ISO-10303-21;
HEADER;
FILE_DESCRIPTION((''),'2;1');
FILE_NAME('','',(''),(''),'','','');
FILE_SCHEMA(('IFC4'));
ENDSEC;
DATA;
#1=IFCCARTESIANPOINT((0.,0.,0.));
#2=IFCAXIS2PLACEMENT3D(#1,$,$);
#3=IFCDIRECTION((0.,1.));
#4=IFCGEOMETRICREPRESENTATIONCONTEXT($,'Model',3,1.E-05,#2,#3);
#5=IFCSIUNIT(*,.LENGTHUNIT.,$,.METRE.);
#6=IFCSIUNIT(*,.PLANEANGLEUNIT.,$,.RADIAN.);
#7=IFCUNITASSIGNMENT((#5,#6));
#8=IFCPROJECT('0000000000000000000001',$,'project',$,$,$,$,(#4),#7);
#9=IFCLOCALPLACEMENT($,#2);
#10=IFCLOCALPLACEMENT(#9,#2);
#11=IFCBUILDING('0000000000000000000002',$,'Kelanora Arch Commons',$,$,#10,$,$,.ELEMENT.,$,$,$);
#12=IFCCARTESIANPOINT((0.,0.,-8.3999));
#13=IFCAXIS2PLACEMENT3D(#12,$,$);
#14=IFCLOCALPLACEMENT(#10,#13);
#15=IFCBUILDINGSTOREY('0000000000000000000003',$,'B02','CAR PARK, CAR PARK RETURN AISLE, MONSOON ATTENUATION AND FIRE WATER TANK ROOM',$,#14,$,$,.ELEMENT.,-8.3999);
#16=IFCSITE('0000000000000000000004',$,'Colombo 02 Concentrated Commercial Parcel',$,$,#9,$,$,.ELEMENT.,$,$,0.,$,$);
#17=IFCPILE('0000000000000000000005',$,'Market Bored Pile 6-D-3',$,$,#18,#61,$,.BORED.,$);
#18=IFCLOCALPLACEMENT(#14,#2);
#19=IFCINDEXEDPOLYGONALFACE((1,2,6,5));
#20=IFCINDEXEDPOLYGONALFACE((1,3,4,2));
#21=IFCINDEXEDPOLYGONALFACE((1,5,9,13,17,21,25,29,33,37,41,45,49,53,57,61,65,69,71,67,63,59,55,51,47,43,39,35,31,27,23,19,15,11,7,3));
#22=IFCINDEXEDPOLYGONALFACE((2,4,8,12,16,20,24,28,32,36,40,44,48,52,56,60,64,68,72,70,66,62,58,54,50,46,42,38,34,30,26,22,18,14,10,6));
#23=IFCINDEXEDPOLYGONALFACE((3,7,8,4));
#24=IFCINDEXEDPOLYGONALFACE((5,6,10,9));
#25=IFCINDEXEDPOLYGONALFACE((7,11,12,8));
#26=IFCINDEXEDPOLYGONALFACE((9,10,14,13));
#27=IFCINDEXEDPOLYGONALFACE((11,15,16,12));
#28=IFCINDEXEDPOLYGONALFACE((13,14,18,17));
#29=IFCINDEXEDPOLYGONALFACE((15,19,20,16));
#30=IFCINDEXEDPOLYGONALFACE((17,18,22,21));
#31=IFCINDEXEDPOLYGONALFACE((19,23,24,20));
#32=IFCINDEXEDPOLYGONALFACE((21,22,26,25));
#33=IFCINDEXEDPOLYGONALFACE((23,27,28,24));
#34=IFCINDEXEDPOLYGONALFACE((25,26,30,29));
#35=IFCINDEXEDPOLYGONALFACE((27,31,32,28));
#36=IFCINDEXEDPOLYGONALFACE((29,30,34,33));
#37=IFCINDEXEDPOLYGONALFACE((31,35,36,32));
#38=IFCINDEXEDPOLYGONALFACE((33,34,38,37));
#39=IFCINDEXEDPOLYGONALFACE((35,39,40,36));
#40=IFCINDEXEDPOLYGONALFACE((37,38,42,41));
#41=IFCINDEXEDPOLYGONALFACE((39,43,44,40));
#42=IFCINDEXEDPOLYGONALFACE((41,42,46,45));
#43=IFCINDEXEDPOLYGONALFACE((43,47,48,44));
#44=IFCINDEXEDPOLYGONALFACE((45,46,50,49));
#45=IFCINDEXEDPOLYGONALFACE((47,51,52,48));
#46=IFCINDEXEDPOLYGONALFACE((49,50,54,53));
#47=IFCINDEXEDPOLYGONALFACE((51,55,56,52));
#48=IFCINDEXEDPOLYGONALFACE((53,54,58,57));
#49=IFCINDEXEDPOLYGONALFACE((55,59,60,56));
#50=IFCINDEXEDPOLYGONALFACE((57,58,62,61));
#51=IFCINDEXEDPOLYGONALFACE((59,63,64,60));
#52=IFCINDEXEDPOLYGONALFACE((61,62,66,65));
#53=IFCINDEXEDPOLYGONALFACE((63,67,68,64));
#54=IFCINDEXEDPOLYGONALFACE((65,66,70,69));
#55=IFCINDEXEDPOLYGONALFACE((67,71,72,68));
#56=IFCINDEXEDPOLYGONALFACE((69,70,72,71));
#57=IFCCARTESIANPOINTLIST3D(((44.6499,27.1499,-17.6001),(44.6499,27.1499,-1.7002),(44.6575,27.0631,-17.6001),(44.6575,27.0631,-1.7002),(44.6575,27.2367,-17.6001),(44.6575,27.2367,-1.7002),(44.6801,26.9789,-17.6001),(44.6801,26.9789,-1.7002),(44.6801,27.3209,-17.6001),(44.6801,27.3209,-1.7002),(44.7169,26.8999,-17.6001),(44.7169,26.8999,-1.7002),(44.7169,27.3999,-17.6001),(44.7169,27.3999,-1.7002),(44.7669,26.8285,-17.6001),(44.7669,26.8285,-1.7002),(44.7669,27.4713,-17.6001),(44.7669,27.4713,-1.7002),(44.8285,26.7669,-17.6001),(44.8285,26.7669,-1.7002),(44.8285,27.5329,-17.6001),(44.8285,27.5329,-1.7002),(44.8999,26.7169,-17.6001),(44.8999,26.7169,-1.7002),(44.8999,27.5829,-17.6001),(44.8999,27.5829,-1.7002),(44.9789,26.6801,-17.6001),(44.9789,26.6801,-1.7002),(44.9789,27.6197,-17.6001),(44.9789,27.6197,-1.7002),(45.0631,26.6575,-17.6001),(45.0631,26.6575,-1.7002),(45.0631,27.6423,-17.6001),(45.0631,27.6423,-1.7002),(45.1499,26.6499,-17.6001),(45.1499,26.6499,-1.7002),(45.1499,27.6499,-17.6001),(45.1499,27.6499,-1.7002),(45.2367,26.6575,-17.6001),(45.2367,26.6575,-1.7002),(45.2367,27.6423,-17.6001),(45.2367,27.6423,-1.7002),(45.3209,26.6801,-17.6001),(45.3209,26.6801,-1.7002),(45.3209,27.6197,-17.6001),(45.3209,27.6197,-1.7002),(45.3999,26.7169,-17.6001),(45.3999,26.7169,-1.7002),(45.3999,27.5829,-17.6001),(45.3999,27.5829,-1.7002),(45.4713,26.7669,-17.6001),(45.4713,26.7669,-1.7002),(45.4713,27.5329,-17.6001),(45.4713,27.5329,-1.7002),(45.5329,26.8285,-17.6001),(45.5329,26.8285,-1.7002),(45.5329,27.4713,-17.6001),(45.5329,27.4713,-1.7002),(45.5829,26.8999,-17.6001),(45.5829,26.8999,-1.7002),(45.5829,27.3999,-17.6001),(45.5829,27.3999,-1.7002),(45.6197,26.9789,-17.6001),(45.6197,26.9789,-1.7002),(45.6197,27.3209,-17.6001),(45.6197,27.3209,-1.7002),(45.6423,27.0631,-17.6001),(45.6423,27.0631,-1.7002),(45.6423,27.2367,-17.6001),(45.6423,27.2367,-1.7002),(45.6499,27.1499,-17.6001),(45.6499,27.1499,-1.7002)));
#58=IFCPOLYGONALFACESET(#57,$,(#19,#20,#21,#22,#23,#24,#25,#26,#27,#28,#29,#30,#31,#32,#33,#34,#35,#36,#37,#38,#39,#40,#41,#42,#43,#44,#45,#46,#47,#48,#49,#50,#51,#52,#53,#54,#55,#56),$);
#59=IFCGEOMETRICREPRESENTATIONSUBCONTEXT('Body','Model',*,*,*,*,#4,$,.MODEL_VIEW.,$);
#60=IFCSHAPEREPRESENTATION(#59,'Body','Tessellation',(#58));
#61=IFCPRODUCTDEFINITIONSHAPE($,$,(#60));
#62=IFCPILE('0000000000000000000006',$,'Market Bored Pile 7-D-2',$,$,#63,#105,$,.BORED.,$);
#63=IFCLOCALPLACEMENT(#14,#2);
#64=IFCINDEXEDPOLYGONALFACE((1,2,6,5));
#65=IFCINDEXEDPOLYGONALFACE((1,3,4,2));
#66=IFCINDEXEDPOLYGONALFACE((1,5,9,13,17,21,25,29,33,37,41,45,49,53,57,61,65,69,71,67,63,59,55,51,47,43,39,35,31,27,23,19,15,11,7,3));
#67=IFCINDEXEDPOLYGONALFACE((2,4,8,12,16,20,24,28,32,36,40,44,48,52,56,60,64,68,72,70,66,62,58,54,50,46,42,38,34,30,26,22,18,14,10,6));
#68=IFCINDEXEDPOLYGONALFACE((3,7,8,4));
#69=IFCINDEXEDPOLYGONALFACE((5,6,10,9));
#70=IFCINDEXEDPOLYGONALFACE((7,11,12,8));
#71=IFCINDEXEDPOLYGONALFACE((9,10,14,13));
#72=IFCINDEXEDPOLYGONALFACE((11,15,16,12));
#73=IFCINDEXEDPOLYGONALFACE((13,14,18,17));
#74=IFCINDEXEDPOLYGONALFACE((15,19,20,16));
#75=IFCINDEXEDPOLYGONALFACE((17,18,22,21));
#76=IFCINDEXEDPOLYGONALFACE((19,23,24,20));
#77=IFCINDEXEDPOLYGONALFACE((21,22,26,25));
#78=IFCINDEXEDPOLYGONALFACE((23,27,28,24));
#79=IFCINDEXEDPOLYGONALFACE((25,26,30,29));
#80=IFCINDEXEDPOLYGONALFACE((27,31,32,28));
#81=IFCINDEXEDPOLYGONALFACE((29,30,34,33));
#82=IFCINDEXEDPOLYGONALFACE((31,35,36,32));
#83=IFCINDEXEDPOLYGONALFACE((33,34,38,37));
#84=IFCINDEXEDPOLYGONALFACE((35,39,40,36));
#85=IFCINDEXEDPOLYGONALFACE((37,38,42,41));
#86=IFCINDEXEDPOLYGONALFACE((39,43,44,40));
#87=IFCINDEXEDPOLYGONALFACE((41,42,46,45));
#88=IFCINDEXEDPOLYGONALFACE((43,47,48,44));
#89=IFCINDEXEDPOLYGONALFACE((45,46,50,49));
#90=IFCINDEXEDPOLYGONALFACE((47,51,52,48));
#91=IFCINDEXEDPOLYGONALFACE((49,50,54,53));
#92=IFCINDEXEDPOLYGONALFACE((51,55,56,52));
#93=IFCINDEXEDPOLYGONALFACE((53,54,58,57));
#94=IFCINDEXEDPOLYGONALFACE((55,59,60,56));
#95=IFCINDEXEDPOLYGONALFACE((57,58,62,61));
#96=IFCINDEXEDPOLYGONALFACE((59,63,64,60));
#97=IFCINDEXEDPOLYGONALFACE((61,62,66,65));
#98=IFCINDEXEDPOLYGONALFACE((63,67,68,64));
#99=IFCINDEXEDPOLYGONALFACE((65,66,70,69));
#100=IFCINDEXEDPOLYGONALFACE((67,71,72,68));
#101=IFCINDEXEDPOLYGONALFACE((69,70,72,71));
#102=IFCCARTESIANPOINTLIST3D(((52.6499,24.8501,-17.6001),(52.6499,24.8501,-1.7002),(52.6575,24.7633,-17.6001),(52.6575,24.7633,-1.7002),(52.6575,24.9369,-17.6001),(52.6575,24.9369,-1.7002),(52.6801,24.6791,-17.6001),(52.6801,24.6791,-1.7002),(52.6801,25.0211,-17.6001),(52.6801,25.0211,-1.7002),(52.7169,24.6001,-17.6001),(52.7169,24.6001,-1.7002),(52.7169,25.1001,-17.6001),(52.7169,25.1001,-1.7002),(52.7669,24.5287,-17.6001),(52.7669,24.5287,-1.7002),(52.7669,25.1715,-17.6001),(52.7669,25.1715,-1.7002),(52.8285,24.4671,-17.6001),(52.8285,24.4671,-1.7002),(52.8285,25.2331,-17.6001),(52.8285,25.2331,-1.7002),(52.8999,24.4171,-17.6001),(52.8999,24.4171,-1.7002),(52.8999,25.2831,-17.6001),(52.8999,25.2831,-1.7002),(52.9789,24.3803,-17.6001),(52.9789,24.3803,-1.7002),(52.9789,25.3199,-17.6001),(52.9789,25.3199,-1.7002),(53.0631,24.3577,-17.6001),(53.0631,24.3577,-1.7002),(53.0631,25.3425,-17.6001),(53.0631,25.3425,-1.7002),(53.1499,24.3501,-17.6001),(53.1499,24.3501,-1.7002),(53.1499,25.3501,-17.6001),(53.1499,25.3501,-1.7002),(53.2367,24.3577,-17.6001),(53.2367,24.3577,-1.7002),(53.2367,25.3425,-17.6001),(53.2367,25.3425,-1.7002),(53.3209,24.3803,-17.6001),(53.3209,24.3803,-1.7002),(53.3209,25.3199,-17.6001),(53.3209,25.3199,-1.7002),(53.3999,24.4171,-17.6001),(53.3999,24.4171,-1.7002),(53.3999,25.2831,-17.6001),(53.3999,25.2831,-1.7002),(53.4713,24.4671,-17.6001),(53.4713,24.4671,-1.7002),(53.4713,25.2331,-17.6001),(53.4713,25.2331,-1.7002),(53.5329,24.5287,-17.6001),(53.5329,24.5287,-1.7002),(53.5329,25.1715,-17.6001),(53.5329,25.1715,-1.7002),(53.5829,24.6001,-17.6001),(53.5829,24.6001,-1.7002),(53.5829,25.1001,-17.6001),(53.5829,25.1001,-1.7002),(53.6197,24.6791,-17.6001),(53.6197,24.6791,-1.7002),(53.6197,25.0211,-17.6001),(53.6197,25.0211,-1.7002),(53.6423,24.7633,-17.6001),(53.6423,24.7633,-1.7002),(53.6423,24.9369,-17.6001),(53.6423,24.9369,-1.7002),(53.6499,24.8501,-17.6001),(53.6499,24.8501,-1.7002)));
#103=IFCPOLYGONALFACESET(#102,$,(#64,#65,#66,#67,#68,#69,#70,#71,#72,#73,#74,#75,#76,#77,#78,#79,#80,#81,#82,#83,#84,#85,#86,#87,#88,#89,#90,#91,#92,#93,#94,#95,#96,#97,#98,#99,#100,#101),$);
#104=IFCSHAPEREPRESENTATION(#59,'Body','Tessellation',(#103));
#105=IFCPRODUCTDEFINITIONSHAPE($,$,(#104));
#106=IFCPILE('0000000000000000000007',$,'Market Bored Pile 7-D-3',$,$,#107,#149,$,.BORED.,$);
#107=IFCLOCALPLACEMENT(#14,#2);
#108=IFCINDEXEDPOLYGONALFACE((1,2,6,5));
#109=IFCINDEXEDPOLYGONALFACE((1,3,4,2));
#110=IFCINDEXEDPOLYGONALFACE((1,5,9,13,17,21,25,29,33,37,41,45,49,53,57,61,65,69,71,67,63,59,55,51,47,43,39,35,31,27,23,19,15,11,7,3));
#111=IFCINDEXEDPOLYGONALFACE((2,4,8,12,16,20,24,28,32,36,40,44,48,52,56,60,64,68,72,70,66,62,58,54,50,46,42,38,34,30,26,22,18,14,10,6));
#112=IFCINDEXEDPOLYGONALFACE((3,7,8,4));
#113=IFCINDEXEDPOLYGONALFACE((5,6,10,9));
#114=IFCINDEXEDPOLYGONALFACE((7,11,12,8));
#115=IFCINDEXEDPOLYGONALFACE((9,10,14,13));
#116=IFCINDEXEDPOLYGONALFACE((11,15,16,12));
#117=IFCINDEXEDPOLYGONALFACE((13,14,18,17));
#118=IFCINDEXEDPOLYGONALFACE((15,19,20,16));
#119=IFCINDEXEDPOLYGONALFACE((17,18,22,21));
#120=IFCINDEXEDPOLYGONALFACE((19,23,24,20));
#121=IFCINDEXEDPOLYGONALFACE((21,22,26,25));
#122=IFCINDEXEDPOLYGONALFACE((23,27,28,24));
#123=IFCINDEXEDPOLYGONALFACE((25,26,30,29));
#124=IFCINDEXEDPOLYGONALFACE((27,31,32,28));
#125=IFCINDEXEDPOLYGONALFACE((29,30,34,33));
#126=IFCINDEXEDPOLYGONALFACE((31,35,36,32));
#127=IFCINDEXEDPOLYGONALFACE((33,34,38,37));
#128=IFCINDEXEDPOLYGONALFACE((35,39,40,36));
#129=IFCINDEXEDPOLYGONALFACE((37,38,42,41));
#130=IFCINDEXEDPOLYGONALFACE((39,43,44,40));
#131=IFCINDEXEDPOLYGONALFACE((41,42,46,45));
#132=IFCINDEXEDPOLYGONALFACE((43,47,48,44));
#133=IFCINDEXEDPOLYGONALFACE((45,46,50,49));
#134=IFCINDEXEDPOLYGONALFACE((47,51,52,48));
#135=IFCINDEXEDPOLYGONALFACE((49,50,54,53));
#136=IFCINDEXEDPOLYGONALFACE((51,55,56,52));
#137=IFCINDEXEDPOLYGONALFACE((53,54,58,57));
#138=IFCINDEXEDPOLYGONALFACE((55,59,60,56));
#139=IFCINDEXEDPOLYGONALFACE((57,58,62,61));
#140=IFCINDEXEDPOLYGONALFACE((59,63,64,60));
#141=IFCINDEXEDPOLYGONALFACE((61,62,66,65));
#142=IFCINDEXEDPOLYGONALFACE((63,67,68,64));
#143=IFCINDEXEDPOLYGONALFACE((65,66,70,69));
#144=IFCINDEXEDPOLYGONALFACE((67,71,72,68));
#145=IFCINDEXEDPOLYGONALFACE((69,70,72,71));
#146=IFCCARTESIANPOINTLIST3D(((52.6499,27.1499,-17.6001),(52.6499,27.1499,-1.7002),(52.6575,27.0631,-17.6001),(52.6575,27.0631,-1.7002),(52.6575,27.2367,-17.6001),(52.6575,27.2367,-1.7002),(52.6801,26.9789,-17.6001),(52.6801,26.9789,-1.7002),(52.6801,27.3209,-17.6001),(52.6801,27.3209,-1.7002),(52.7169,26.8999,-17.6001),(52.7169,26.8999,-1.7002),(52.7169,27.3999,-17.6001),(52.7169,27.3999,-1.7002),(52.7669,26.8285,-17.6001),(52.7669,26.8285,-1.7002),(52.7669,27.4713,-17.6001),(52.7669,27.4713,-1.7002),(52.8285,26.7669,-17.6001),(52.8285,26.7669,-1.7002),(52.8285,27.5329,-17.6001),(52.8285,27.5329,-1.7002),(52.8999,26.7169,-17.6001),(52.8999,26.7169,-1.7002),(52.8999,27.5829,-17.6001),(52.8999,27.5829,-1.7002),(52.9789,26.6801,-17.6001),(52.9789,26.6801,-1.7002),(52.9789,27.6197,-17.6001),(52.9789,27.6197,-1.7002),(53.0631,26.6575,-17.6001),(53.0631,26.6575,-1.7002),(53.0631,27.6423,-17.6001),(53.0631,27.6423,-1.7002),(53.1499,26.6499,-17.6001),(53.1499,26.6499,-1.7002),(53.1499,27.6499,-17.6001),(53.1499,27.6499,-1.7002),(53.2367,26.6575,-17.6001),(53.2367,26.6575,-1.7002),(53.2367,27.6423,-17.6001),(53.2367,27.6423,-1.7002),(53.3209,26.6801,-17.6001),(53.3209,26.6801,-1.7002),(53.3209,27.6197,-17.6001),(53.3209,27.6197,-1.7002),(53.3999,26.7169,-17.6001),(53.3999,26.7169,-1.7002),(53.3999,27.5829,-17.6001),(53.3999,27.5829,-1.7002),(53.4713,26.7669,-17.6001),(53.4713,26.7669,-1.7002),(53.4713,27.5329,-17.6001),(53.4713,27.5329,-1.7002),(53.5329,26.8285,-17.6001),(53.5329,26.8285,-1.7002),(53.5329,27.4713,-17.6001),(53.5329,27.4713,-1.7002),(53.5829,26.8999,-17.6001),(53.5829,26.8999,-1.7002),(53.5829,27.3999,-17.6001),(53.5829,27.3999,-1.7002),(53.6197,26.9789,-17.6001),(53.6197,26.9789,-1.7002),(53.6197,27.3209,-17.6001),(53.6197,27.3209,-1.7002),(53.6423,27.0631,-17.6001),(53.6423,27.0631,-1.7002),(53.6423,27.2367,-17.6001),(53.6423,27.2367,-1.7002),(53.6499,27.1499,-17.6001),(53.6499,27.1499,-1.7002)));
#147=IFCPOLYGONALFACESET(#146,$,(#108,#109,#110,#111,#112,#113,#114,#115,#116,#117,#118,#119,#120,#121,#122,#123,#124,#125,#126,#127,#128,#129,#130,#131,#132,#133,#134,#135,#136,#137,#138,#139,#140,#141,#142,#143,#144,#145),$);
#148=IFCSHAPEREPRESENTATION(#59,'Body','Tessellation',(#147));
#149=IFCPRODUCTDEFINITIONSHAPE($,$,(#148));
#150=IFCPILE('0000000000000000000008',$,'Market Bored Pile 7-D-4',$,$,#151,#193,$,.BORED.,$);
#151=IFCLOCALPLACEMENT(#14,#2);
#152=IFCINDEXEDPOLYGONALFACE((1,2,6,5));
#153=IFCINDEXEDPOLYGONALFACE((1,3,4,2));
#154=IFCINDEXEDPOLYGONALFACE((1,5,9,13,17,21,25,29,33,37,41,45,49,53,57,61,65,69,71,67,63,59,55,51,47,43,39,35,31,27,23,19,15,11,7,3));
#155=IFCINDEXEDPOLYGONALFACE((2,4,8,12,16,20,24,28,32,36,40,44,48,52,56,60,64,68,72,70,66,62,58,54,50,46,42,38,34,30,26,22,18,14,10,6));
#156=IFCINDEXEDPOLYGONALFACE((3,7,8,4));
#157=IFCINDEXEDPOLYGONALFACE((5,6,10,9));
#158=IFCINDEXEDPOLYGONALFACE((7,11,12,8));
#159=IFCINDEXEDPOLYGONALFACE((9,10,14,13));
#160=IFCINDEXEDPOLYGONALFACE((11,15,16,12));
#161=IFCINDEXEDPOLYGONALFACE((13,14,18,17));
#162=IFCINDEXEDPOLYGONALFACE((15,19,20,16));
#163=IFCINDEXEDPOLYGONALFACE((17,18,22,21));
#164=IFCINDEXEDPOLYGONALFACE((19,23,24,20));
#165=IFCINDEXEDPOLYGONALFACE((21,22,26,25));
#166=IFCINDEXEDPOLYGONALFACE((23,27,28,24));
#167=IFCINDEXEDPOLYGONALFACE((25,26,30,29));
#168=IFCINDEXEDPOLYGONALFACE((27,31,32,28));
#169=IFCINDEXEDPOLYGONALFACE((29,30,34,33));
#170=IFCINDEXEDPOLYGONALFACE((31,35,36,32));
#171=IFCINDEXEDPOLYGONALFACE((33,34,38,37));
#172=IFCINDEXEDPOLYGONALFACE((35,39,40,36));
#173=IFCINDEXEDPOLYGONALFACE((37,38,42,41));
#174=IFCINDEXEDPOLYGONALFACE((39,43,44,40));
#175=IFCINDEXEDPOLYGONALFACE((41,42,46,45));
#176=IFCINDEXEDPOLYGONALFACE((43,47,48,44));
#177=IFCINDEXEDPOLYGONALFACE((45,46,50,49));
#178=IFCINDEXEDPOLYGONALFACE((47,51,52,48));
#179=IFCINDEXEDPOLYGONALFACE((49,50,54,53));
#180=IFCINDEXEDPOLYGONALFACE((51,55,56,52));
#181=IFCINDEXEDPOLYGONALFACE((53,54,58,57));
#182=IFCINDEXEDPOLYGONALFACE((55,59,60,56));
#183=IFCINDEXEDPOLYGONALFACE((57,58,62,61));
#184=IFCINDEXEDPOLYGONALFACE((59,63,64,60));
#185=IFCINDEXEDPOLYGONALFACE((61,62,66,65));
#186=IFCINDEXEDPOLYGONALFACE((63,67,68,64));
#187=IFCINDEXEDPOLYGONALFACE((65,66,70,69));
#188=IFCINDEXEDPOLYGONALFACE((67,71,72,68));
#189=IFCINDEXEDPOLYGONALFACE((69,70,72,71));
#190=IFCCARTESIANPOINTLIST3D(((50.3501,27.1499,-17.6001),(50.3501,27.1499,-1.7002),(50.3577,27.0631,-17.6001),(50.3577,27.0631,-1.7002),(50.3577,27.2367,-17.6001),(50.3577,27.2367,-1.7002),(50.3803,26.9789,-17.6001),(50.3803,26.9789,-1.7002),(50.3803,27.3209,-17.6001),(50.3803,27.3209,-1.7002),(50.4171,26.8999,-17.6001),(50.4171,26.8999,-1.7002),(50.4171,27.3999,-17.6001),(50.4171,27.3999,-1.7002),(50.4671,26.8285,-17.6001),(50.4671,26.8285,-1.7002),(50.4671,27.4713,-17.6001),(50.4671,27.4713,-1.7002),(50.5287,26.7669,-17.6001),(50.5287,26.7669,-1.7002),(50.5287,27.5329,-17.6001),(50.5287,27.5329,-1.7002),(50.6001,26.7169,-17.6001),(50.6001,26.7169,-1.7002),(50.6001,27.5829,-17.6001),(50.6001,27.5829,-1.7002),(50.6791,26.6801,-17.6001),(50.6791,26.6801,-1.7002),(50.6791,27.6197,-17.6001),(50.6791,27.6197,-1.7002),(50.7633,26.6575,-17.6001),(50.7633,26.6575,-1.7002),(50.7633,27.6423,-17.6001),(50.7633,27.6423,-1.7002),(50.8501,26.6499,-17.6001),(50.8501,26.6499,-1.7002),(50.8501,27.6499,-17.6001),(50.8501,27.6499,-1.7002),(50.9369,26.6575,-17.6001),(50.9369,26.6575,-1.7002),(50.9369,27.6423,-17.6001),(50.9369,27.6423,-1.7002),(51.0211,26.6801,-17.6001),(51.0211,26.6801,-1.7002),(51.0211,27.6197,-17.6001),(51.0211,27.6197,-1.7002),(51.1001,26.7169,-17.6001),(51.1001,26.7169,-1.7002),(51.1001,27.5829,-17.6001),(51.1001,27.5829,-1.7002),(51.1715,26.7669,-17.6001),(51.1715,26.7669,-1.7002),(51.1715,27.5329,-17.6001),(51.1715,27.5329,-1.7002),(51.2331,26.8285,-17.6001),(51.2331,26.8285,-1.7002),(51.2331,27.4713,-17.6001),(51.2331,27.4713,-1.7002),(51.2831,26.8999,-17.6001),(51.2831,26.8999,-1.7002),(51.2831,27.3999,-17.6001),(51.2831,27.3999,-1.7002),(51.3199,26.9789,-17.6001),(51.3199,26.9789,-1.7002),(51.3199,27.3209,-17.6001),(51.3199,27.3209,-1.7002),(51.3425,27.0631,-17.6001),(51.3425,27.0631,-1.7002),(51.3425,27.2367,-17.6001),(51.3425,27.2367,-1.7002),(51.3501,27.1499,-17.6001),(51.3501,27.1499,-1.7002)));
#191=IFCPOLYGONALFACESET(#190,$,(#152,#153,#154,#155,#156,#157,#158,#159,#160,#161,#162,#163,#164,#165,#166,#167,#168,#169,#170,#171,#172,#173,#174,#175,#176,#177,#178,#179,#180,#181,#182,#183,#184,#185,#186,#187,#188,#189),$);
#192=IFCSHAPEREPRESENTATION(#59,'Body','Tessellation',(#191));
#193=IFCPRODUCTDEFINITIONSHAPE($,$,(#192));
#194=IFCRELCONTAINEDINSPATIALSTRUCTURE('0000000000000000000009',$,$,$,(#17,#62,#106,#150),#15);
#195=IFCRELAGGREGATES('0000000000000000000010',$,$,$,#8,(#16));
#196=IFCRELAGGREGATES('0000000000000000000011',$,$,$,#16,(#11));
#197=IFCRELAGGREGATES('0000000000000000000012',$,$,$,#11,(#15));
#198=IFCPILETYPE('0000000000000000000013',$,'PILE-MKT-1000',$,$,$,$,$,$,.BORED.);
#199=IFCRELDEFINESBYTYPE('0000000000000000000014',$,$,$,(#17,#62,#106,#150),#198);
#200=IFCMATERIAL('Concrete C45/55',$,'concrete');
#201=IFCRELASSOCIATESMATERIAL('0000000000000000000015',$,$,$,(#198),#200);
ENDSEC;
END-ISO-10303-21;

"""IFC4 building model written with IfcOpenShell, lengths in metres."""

from ifc_helpers import new_model, si_unit, direction, frame, origin, origin_2d, place, context, subcontext, project, spatial, circle, extrude, source, transform, mapped, material, material_profile, profile_set, type_object, element, save


model = new_model("IFC4")

# Units and contexts
model_context = context("Model", 3, precision=1e-05, world=origin(), true_north=direction((0.0, 1.0)))
body_context = subcontext(model_context, "Body", "Model", "MODEL_VIEW")
ifc_project = project(units=[si_unit("LENGTHUNIT", "METRE"), si_unit("PLANEANGLEUNIT", "RADIAN")], contexts=[model_context])

# Site, building, storey
site_placement = place(None, origin())
site = spatial("IfcSite", under=ifc_project, at=site_placement, Name="Colombo 02 Concentrated Commercial Parcel", CompositionType="ELEMENT", RefElevation=0.0)
building_placement = place(site_placement, origin())
building = spatial("IfcBuilding", under=site, at=building_placement, Name="Kelanora Arch Commons", CompositionType="ELEMENT")
storey_placement = place(building_placement, frame((0.0, 0.0, -8.3999)))
storey = spatial("IfcBuildingStorey", under=building, at=storey_placement, Name="B02", Description="CAR PARK, CAR PARK RETURN AISLE, MONSOON ATTENUATION AND FIRE WATER TANK ROOM", CompositionType="ELEMENT", Elevation=-8.3999)

# Shared definitions
ifc_material_1 = material(Name="Concrete C45/55", Category="concrete")

# Piles
ifc_material_profile_1 = material_profile(ifc_material_1, circle(Radius=0.5, at=origin_2d()), Name="PILE1000")
ifc_profile_set_1 = profile_set([ifc_material_profile_1], Name="Concrete C45/55")
pile_type_1 = type_object("IfcPileType", Name="PILE-MKT-1000", PredefinedType="BORED", material=ifc_profile_set_1)
shared_shape_1 = source(origin(), body_context, "Body", "SweptSolid", [
    extrude(circle(Radius=0.5, at=origin_2d()), origin(), (0.0, 0.0, 1.0), 15.8999),
])
for number, where, z_axis, x_axis, name in (
    (1, (45.1499, 27.1499, -1.7002), (0.0, 0.0, -1.0), (1.0, 0.0, 0.0), "Market Bored Pile 6-D-3"),
    (2, (53.1499, 24.8501, -1.7002), (0.0, 0.0, -1.0), (1.0, 0.0, 0.0), "Market Bored Pile 7-D-2"),
    (3, (53.1499, 27.1499, -1.7002), (0.0, 0.0, -1.0), (1.0, 0.0, 0.0), "Market Bored Pile 7-D-3"),
    (4, (50.8501, 27.1499, -1.7002), (0.0, 0.0, -1.0), (1.0, 0.0, 0.0), "Market Bored Pile 7-D-4"),
):
    element("IfcPile", number, at=place(storey_placement, frame(where, z_axis=z_axis, x_axis=x_axis)), inside=storey, type_object=pile_type_1, Name=name, PredefinedType="BORED", context=body_context, shape_type="MappedRepresentation", body=[
        mapped(shared_shape_1, transform((0.0, 0.0, 0.0), scale=1.0)),
    ])

save(model, "model.ifc")
